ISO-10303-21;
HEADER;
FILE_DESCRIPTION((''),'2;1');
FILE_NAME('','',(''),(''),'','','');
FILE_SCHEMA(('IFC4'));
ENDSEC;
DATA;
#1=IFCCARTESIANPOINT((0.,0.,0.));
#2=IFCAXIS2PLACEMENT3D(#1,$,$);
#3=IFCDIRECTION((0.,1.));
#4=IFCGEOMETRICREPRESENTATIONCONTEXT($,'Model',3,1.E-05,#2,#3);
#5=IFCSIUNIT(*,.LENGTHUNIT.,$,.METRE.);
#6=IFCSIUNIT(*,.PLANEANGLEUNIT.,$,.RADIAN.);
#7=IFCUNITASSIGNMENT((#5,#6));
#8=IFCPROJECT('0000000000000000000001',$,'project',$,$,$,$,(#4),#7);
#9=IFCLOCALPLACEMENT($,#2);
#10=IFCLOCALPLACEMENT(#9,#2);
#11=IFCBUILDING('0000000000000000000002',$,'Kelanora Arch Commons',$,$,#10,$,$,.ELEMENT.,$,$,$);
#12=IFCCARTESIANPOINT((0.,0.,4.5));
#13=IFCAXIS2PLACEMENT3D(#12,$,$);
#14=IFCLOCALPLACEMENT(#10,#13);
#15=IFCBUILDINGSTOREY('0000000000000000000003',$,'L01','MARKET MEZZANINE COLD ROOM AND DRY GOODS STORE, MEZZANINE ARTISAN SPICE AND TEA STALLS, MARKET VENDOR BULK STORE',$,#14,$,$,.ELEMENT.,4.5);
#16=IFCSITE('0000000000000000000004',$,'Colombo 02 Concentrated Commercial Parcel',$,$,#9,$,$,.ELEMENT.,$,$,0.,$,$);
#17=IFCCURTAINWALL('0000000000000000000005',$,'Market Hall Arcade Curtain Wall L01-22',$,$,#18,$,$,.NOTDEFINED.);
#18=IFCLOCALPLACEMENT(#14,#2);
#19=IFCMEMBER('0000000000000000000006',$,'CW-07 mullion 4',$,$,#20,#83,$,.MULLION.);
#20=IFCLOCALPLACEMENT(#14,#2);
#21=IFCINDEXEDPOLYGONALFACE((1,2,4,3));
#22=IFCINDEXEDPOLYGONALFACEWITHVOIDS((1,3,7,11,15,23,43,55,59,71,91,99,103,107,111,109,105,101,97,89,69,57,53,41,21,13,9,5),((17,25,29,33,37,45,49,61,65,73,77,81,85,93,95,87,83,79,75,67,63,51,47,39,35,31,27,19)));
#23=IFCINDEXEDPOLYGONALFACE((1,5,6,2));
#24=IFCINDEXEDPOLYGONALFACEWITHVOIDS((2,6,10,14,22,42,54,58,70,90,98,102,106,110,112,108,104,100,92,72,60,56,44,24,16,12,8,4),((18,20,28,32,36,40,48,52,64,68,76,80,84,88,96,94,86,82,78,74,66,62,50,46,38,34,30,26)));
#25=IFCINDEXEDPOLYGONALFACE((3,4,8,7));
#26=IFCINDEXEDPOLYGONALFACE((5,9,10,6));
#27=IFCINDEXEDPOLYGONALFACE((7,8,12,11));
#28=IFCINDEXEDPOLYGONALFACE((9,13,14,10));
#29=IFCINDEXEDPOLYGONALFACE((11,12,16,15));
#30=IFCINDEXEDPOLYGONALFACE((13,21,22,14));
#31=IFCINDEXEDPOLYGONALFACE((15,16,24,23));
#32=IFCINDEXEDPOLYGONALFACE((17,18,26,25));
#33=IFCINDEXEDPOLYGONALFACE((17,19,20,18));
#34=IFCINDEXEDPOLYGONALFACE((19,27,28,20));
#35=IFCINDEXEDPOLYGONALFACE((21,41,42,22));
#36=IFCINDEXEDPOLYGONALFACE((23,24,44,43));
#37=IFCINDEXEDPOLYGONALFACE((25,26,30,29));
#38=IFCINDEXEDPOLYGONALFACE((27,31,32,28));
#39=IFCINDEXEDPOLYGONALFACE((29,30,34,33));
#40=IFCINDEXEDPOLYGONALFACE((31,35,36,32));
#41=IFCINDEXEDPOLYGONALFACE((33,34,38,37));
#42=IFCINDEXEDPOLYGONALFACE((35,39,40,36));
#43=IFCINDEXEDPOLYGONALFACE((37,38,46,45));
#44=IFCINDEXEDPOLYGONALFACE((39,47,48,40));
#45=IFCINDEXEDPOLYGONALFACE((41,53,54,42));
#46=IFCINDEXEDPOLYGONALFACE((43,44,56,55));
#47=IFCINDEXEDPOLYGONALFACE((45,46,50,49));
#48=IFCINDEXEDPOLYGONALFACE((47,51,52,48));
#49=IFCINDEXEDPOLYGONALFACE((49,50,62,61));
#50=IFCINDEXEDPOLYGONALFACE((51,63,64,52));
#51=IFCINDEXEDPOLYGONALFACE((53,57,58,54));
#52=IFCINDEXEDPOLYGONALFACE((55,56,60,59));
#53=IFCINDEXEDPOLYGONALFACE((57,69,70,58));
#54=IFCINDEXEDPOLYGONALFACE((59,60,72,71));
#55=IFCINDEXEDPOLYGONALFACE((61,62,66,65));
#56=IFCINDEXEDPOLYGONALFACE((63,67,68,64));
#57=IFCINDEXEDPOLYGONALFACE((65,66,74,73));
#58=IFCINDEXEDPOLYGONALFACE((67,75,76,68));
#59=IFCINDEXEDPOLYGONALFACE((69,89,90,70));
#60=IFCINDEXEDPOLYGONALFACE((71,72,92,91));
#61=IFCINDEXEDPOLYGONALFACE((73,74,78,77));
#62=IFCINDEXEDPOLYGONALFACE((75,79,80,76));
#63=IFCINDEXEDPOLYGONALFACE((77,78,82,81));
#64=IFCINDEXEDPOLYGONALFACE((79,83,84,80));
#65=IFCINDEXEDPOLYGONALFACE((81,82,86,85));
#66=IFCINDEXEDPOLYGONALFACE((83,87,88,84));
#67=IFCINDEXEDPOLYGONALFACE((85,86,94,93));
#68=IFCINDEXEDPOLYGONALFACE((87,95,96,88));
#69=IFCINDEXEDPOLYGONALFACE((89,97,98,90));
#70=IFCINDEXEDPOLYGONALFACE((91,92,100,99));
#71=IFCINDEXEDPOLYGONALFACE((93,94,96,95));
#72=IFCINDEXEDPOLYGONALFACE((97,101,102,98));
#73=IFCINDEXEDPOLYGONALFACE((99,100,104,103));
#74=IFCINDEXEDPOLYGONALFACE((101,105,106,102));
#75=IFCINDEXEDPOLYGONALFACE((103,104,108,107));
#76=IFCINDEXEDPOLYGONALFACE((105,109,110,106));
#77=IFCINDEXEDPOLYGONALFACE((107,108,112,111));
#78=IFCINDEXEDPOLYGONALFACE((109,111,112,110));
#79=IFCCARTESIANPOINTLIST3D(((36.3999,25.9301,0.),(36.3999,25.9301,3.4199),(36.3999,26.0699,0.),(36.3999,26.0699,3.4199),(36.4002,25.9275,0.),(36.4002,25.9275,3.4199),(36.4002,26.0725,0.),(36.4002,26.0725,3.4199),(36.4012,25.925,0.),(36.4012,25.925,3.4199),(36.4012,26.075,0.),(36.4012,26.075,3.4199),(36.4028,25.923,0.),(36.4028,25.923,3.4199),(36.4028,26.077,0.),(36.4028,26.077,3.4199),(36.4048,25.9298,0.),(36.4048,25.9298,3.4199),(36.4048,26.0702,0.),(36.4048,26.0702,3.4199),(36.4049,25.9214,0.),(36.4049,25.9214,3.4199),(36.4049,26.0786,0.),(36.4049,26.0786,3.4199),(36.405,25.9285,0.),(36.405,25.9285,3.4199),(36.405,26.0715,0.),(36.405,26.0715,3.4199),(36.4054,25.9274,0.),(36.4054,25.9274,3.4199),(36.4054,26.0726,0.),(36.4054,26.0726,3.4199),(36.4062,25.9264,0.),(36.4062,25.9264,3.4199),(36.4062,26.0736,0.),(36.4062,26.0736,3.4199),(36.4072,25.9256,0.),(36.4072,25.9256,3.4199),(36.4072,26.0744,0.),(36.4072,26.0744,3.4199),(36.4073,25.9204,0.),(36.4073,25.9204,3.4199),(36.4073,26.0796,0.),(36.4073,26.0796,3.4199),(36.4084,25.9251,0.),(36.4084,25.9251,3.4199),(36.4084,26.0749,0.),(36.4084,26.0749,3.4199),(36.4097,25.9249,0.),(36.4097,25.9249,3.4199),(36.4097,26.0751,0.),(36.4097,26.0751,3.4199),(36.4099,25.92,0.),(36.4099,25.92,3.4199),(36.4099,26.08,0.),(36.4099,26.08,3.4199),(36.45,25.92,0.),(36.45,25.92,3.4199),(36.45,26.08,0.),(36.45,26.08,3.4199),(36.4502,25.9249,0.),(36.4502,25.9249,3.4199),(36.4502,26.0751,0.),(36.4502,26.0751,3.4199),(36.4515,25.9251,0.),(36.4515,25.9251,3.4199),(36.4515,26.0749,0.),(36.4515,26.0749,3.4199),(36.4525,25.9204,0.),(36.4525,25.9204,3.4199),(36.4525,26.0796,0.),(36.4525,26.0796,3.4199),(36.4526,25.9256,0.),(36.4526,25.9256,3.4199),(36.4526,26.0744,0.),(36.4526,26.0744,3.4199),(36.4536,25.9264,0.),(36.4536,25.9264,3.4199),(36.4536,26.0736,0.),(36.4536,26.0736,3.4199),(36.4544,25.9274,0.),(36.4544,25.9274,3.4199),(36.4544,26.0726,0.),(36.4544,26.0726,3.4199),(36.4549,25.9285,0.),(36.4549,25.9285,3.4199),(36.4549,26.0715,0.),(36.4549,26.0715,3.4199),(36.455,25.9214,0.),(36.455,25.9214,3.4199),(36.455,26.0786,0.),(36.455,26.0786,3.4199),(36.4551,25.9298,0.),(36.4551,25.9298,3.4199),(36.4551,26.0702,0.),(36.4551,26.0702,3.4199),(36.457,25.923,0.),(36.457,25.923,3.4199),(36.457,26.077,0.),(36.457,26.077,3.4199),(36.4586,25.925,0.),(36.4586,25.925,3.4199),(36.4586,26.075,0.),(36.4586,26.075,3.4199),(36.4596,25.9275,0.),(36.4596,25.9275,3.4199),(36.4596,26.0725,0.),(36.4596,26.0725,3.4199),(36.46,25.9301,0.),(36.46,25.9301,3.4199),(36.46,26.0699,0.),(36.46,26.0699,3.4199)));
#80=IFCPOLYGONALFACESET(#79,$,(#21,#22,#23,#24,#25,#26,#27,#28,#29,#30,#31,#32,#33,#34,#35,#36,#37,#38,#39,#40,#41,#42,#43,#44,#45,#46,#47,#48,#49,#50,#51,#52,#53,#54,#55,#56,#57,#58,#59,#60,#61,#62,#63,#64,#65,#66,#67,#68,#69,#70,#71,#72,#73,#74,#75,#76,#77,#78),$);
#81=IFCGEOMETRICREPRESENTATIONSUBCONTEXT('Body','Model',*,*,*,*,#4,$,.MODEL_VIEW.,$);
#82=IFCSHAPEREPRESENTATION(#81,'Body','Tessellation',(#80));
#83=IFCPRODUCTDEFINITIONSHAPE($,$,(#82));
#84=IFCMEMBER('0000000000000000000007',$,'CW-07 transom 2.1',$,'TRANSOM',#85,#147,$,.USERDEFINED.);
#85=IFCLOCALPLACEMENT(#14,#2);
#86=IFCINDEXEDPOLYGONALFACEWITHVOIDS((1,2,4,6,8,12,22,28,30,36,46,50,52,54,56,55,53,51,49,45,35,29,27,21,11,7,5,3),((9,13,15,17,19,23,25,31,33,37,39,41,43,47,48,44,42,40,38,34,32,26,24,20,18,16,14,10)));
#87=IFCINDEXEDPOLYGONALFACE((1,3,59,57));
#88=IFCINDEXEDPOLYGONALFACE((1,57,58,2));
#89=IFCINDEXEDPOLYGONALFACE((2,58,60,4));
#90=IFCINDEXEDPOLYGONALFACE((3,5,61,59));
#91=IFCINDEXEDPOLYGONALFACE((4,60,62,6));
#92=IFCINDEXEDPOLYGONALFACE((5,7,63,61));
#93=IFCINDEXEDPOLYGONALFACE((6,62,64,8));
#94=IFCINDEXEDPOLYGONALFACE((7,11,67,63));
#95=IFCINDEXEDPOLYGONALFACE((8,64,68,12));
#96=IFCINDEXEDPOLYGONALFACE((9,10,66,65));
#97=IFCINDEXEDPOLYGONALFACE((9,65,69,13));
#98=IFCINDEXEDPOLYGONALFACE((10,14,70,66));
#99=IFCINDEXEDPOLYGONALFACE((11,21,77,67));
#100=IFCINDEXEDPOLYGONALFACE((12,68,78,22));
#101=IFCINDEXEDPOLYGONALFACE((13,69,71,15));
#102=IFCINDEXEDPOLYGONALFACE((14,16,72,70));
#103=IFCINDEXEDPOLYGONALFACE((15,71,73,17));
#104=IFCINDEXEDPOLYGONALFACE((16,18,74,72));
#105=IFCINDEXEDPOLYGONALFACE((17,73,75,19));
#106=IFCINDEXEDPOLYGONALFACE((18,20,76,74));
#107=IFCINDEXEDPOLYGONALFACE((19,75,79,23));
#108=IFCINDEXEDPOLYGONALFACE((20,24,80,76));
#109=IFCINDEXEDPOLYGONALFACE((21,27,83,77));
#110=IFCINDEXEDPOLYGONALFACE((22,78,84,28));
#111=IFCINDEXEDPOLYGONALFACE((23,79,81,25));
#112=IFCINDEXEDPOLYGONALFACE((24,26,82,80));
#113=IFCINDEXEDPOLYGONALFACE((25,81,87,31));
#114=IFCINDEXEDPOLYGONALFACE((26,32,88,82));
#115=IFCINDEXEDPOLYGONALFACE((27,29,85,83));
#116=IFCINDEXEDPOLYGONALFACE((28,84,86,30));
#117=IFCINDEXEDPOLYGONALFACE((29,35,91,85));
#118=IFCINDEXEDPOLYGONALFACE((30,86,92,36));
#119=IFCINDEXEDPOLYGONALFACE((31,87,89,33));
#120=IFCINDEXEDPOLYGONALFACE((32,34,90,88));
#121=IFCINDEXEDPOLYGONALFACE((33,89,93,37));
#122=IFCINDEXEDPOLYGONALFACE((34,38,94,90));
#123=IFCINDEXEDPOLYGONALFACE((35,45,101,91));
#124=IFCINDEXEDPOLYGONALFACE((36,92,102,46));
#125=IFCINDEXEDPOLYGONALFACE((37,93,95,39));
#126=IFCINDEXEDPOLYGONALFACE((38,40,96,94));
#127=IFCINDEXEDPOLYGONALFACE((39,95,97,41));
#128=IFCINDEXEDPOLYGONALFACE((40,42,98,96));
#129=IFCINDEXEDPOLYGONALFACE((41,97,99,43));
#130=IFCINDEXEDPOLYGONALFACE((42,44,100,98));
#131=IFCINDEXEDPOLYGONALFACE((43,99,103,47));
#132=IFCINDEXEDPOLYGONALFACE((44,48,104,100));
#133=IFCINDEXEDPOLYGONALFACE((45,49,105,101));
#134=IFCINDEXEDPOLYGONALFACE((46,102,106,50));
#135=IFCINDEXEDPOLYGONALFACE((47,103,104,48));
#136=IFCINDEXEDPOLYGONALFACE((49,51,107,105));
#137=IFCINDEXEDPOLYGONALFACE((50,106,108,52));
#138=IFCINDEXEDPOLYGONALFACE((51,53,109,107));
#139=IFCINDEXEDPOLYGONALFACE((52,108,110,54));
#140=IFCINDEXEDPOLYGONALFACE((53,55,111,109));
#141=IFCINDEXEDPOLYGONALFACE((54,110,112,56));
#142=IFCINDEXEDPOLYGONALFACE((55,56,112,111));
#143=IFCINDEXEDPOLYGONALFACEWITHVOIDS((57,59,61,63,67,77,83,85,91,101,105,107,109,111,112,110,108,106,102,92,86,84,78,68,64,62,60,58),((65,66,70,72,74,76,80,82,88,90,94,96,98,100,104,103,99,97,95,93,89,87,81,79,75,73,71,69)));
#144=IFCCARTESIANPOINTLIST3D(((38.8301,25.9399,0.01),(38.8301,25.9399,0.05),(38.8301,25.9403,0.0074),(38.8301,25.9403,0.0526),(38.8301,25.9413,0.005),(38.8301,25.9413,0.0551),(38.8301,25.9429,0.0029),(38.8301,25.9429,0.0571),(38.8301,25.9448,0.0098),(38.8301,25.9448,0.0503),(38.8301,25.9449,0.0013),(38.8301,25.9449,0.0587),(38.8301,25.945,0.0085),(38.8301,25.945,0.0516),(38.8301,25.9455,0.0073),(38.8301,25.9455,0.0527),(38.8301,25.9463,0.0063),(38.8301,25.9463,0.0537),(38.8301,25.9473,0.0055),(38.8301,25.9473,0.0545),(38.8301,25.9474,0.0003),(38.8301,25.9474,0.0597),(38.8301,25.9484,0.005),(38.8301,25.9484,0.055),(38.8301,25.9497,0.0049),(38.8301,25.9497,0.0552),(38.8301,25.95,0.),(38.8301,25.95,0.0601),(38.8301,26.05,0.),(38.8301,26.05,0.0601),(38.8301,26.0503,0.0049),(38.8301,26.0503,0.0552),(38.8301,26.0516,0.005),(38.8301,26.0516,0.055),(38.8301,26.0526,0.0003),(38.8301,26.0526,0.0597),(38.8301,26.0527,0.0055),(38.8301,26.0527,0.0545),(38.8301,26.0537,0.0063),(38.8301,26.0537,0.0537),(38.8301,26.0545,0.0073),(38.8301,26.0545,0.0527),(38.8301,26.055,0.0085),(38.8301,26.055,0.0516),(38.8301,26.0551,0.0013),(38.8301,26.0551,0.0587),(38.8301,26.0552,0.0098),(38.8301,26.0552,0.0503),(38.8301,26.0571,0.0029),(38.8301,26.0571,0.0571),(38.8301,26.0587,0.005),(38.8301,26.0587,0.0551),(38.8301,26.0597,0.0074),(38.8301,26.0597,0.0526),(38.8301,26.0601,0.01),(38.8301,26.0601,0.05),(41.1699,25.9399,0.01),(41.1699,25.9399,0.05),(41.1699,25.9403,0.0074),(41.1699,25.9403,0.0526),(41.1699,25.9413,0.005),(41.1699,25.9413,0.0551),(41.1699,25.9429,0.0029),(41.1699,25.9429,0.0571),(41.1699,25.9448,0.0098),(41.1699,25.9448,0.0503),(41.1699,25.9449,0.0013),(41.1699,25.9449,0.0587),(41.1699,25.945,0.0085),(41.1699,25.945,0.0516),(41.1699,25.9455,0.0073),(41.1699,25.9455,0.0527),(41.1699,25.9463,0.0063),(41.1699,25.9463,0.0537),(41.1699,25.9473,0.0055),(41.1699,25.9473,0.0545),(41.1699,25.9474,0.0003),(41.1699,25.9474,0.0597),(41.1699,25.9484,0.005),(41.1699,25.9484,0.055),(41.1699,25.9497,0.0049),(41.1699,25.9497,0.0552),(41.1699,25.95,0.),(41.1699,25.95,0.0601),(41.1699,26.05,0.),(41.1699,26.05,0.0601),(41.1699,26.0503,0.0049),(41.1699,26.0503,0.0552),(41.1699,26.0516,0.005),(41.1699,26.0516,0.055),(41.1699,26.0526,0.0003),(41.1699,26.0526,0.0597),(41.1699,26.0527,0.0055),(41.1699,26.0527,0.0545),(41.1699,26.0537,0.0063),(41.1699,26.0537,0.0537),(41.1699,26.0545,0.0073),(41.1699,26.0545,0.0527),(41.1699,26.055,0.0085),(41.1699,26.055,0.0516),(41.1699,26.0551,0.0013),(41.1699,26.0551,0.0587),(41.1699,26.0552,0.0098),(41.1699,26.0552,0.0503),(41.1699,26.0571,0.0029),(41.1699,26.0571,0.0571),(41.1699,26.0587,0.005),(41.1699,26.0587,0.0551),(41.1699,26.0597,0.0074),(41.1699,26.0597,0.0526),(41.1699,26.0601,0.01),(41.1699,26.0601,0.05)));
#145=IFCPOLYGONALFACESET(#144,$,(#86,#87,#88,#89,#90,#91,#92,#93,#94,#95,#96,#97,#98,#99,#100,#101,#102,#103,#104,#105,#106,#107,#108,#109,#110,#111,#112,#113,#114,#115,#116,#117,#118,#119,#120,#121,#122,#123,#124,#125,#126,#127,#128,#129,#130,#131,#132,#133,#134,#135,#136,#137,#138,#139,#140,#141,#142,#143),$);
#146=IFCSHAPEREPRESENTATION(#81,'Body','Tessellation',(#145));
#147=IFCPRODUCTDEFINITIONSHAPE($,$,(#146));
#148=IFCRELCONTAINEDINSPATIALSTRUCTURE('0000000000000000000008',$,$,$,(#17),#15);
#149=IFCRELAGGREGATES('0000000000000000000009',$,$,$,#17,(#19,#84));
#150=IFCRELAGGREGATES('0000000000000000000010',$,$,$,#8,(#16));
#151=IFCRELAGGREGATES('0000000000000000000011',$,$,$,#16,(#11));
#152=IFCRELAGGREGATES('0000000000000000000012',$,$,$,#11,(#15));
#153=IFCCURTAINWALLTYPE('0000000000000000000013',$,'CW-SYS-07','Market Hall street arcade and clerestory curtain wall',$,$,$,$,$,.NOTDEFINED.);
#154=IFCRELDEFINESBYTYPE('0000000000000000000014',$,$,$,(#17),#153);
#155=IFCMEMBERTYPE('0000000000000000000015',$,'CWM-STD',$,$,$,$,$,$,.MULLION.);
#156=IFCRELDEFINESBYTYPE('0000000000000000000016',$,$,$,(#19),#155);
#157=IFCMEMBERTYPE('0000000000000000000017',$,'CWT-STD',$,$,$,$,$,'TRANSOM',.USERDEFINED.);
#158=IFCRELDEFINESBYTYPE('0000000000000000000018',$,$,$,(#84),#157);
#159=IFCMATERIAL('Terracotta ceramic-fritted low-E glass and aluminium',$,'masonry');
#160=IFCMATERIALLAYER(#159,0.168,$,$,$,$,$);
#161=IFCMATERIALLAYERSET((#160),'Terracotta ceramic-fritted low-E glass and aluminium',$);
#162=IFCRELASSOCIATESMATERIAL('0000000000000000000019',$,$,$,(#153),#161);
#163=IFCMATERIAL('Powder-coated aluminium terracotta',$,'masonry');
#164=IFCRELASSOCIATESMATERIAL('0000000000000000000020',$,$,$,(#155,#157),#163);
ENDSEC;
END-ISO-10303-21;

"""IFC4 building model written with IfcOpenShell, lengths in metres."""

from ifc_helpers import new_model, si_unit, direction, frame, origin, origin_2d, place, context, subcontext, project, spatial, hollow_rectangle, extrude, material, layer, layer_set, material_profile, profile_set, type_object, element, aggregate, save


model = new_model("IFC4")

# Units and contexts
model_context = context("Model", 3, precision=1e-05, world=origin(), true_north=direction((0.0, 1.0)))
body_context = subcontext(model_context, "Body", "Model", "MODEL_VIEW")
ifc_project = project(units=[si_unit("LENGTHUNIT", "METRE"), si_unit("PLANEANGLEUNIT", "RADIAN")], contexts=[model_context])

# Site, building, storey
site_placement = place(None, origin())
site = spatial("IfcSite", under=ifc_project, at=site_placement, Name="Colombo 02 Concentrated Commercial Parcel", CompositionType="ELEMENT", RefElevation=0.0)
building_placement = place(site_placement, origin())
building = spatial("IfcBuilding", under=site, at=building_placement, Name="Kelanora Arch Commons", CompositionType="ELEMENT")
storey_placement = place(building_placement, frame((0.0, 0.0, 4.5)))
storey = spatial("IfcBuildingStorey", under=building, at=storey_placement, Name="L01", Description="MARKET MEZZANINE COLD ROOM AND DRY GOODS STORE, MEZZANINE ARTISAN SPICE AND TEA STALLS, MARKET VENDOR BULK STORE", CompositionType="ELEMENT", Elevation=4.5)

# Curtain wall, members
ifc_material_1 = material(Name="Terracotta ceramic-fritted low-E glass and aluminium", Category="masonry")
ifc_layer_1 = layer(ifc_material_1, 0.168)
ifc_layer_set_1 = layer_set([ifc_layer_1], Name="Terracotta ceramic-fritted low-E glass and aluminium")
curtain_wall_type = type_object("IfcCurtainWallType", Name="CW-SYS-07", Description="Market Hall street arcade and clerestory curtain wall", PredefinedType="NOTDEFINED", material=ifc_layer_set_1)
curtain_wall_placement = place(storey_placement, origin())
curtain_wall = element("IfcCurtainWall", 1, at=curtain_wall_placement, inside=storey, type_object=curtain_wall_type, Name="Market Hall Arcade Curtain Wall L01-22", PredefinedType="NOTDEFINED")
ifc_material_2 = material(Name="Powder-coated aluminium terracotta", Category="masonry")
ifc_material_profile_1 = material_profile(ifc_material_2, hollow_rectangle(XDim=0.1599, YDim=0.0601, WallThickness=0.0049, InnerFilletRadius=0.0049, OuterFilletRadius=0.01, at=origin_2d()), Name="CWM160x60")
ifc_profile_set_1 = profile_set([ifc_material_profile_1], Name="Powder-coated aluminium terracotta")
member_type_1 = type_object("IfcMemberType", Name="CWM-STD", PredefinedType="MULLION", material=ifc_profile_set_1)
member_1_placement = place(storey_placement, frame((36.4299, 26.0, 0.0), z_axis=(0.0, 0.0, 1.0), x_axis=(0.0, -1.0, 0.0)))
member_1 = element("IfcMember", 2, at=member_1_placement, type_object=member_type_1, Name="CW-07 mullion 4", PredefinedType="MULLION", context=body_context, shape_type="SweptSolid", body=[
    extrude(hollow_rectangle(XDim=0.1599, YDim=0.0601, WallThickness=0.0049, InnerFilletRadius=0.0049, OuterFilletRadius=0.01, at=origin_2d()), origin(), (0.0, 0.0, 1.0), 3.4199),
])
ifc_material_profile_2 = material_profile(ifc_material_2, hollow_rectangle(XDim=0.1201, YDim=0.0601, WallThickness=0.0049, InnerFilletRadius=0.0049, OuterFilletRadius=0.01, at=origin_2d()), Name="CWT120x60")
ifc_profile_set_2 = profile_set([ifc_material_profile_2], Name="Powder-coated aluminium terracotta")
member_type_2 = type_object("IfcMemberType", Name="CWT-STD", ElementType="TRANSOM", PredefinedType="USERDEFINED", material=ifc_profile_set_2)
member_2_placement = place(storey_placement, frame((41.1699, 26.0, 0.03), z_axis=(-1.0, 0.0, 0.0), x_axis=(0.0, -1.0, 0.0)))
member_2 = element("IfcMember", 3, at=member_2_placement, type_object=member_type_2, Name="CW-07 transom 2.1", ObjectType="TRANSOM", PredefinedType="USERDEFINED", context=body_context, shape_type="SweptSolid", body=[
    extrude(hollow_rectangle(XDim=0.1201, YDim=0.0601, WallThickness=0.0049, InnerFilletRadius=0.0049, OuterFilletRadius=0.01, at=origin_2d()), origin(), (0.0, 0.0, 1.0), 2.3398),
])
aggregate(curtain_wall, [member_1, member_2])

save(model, "model.ifc")
